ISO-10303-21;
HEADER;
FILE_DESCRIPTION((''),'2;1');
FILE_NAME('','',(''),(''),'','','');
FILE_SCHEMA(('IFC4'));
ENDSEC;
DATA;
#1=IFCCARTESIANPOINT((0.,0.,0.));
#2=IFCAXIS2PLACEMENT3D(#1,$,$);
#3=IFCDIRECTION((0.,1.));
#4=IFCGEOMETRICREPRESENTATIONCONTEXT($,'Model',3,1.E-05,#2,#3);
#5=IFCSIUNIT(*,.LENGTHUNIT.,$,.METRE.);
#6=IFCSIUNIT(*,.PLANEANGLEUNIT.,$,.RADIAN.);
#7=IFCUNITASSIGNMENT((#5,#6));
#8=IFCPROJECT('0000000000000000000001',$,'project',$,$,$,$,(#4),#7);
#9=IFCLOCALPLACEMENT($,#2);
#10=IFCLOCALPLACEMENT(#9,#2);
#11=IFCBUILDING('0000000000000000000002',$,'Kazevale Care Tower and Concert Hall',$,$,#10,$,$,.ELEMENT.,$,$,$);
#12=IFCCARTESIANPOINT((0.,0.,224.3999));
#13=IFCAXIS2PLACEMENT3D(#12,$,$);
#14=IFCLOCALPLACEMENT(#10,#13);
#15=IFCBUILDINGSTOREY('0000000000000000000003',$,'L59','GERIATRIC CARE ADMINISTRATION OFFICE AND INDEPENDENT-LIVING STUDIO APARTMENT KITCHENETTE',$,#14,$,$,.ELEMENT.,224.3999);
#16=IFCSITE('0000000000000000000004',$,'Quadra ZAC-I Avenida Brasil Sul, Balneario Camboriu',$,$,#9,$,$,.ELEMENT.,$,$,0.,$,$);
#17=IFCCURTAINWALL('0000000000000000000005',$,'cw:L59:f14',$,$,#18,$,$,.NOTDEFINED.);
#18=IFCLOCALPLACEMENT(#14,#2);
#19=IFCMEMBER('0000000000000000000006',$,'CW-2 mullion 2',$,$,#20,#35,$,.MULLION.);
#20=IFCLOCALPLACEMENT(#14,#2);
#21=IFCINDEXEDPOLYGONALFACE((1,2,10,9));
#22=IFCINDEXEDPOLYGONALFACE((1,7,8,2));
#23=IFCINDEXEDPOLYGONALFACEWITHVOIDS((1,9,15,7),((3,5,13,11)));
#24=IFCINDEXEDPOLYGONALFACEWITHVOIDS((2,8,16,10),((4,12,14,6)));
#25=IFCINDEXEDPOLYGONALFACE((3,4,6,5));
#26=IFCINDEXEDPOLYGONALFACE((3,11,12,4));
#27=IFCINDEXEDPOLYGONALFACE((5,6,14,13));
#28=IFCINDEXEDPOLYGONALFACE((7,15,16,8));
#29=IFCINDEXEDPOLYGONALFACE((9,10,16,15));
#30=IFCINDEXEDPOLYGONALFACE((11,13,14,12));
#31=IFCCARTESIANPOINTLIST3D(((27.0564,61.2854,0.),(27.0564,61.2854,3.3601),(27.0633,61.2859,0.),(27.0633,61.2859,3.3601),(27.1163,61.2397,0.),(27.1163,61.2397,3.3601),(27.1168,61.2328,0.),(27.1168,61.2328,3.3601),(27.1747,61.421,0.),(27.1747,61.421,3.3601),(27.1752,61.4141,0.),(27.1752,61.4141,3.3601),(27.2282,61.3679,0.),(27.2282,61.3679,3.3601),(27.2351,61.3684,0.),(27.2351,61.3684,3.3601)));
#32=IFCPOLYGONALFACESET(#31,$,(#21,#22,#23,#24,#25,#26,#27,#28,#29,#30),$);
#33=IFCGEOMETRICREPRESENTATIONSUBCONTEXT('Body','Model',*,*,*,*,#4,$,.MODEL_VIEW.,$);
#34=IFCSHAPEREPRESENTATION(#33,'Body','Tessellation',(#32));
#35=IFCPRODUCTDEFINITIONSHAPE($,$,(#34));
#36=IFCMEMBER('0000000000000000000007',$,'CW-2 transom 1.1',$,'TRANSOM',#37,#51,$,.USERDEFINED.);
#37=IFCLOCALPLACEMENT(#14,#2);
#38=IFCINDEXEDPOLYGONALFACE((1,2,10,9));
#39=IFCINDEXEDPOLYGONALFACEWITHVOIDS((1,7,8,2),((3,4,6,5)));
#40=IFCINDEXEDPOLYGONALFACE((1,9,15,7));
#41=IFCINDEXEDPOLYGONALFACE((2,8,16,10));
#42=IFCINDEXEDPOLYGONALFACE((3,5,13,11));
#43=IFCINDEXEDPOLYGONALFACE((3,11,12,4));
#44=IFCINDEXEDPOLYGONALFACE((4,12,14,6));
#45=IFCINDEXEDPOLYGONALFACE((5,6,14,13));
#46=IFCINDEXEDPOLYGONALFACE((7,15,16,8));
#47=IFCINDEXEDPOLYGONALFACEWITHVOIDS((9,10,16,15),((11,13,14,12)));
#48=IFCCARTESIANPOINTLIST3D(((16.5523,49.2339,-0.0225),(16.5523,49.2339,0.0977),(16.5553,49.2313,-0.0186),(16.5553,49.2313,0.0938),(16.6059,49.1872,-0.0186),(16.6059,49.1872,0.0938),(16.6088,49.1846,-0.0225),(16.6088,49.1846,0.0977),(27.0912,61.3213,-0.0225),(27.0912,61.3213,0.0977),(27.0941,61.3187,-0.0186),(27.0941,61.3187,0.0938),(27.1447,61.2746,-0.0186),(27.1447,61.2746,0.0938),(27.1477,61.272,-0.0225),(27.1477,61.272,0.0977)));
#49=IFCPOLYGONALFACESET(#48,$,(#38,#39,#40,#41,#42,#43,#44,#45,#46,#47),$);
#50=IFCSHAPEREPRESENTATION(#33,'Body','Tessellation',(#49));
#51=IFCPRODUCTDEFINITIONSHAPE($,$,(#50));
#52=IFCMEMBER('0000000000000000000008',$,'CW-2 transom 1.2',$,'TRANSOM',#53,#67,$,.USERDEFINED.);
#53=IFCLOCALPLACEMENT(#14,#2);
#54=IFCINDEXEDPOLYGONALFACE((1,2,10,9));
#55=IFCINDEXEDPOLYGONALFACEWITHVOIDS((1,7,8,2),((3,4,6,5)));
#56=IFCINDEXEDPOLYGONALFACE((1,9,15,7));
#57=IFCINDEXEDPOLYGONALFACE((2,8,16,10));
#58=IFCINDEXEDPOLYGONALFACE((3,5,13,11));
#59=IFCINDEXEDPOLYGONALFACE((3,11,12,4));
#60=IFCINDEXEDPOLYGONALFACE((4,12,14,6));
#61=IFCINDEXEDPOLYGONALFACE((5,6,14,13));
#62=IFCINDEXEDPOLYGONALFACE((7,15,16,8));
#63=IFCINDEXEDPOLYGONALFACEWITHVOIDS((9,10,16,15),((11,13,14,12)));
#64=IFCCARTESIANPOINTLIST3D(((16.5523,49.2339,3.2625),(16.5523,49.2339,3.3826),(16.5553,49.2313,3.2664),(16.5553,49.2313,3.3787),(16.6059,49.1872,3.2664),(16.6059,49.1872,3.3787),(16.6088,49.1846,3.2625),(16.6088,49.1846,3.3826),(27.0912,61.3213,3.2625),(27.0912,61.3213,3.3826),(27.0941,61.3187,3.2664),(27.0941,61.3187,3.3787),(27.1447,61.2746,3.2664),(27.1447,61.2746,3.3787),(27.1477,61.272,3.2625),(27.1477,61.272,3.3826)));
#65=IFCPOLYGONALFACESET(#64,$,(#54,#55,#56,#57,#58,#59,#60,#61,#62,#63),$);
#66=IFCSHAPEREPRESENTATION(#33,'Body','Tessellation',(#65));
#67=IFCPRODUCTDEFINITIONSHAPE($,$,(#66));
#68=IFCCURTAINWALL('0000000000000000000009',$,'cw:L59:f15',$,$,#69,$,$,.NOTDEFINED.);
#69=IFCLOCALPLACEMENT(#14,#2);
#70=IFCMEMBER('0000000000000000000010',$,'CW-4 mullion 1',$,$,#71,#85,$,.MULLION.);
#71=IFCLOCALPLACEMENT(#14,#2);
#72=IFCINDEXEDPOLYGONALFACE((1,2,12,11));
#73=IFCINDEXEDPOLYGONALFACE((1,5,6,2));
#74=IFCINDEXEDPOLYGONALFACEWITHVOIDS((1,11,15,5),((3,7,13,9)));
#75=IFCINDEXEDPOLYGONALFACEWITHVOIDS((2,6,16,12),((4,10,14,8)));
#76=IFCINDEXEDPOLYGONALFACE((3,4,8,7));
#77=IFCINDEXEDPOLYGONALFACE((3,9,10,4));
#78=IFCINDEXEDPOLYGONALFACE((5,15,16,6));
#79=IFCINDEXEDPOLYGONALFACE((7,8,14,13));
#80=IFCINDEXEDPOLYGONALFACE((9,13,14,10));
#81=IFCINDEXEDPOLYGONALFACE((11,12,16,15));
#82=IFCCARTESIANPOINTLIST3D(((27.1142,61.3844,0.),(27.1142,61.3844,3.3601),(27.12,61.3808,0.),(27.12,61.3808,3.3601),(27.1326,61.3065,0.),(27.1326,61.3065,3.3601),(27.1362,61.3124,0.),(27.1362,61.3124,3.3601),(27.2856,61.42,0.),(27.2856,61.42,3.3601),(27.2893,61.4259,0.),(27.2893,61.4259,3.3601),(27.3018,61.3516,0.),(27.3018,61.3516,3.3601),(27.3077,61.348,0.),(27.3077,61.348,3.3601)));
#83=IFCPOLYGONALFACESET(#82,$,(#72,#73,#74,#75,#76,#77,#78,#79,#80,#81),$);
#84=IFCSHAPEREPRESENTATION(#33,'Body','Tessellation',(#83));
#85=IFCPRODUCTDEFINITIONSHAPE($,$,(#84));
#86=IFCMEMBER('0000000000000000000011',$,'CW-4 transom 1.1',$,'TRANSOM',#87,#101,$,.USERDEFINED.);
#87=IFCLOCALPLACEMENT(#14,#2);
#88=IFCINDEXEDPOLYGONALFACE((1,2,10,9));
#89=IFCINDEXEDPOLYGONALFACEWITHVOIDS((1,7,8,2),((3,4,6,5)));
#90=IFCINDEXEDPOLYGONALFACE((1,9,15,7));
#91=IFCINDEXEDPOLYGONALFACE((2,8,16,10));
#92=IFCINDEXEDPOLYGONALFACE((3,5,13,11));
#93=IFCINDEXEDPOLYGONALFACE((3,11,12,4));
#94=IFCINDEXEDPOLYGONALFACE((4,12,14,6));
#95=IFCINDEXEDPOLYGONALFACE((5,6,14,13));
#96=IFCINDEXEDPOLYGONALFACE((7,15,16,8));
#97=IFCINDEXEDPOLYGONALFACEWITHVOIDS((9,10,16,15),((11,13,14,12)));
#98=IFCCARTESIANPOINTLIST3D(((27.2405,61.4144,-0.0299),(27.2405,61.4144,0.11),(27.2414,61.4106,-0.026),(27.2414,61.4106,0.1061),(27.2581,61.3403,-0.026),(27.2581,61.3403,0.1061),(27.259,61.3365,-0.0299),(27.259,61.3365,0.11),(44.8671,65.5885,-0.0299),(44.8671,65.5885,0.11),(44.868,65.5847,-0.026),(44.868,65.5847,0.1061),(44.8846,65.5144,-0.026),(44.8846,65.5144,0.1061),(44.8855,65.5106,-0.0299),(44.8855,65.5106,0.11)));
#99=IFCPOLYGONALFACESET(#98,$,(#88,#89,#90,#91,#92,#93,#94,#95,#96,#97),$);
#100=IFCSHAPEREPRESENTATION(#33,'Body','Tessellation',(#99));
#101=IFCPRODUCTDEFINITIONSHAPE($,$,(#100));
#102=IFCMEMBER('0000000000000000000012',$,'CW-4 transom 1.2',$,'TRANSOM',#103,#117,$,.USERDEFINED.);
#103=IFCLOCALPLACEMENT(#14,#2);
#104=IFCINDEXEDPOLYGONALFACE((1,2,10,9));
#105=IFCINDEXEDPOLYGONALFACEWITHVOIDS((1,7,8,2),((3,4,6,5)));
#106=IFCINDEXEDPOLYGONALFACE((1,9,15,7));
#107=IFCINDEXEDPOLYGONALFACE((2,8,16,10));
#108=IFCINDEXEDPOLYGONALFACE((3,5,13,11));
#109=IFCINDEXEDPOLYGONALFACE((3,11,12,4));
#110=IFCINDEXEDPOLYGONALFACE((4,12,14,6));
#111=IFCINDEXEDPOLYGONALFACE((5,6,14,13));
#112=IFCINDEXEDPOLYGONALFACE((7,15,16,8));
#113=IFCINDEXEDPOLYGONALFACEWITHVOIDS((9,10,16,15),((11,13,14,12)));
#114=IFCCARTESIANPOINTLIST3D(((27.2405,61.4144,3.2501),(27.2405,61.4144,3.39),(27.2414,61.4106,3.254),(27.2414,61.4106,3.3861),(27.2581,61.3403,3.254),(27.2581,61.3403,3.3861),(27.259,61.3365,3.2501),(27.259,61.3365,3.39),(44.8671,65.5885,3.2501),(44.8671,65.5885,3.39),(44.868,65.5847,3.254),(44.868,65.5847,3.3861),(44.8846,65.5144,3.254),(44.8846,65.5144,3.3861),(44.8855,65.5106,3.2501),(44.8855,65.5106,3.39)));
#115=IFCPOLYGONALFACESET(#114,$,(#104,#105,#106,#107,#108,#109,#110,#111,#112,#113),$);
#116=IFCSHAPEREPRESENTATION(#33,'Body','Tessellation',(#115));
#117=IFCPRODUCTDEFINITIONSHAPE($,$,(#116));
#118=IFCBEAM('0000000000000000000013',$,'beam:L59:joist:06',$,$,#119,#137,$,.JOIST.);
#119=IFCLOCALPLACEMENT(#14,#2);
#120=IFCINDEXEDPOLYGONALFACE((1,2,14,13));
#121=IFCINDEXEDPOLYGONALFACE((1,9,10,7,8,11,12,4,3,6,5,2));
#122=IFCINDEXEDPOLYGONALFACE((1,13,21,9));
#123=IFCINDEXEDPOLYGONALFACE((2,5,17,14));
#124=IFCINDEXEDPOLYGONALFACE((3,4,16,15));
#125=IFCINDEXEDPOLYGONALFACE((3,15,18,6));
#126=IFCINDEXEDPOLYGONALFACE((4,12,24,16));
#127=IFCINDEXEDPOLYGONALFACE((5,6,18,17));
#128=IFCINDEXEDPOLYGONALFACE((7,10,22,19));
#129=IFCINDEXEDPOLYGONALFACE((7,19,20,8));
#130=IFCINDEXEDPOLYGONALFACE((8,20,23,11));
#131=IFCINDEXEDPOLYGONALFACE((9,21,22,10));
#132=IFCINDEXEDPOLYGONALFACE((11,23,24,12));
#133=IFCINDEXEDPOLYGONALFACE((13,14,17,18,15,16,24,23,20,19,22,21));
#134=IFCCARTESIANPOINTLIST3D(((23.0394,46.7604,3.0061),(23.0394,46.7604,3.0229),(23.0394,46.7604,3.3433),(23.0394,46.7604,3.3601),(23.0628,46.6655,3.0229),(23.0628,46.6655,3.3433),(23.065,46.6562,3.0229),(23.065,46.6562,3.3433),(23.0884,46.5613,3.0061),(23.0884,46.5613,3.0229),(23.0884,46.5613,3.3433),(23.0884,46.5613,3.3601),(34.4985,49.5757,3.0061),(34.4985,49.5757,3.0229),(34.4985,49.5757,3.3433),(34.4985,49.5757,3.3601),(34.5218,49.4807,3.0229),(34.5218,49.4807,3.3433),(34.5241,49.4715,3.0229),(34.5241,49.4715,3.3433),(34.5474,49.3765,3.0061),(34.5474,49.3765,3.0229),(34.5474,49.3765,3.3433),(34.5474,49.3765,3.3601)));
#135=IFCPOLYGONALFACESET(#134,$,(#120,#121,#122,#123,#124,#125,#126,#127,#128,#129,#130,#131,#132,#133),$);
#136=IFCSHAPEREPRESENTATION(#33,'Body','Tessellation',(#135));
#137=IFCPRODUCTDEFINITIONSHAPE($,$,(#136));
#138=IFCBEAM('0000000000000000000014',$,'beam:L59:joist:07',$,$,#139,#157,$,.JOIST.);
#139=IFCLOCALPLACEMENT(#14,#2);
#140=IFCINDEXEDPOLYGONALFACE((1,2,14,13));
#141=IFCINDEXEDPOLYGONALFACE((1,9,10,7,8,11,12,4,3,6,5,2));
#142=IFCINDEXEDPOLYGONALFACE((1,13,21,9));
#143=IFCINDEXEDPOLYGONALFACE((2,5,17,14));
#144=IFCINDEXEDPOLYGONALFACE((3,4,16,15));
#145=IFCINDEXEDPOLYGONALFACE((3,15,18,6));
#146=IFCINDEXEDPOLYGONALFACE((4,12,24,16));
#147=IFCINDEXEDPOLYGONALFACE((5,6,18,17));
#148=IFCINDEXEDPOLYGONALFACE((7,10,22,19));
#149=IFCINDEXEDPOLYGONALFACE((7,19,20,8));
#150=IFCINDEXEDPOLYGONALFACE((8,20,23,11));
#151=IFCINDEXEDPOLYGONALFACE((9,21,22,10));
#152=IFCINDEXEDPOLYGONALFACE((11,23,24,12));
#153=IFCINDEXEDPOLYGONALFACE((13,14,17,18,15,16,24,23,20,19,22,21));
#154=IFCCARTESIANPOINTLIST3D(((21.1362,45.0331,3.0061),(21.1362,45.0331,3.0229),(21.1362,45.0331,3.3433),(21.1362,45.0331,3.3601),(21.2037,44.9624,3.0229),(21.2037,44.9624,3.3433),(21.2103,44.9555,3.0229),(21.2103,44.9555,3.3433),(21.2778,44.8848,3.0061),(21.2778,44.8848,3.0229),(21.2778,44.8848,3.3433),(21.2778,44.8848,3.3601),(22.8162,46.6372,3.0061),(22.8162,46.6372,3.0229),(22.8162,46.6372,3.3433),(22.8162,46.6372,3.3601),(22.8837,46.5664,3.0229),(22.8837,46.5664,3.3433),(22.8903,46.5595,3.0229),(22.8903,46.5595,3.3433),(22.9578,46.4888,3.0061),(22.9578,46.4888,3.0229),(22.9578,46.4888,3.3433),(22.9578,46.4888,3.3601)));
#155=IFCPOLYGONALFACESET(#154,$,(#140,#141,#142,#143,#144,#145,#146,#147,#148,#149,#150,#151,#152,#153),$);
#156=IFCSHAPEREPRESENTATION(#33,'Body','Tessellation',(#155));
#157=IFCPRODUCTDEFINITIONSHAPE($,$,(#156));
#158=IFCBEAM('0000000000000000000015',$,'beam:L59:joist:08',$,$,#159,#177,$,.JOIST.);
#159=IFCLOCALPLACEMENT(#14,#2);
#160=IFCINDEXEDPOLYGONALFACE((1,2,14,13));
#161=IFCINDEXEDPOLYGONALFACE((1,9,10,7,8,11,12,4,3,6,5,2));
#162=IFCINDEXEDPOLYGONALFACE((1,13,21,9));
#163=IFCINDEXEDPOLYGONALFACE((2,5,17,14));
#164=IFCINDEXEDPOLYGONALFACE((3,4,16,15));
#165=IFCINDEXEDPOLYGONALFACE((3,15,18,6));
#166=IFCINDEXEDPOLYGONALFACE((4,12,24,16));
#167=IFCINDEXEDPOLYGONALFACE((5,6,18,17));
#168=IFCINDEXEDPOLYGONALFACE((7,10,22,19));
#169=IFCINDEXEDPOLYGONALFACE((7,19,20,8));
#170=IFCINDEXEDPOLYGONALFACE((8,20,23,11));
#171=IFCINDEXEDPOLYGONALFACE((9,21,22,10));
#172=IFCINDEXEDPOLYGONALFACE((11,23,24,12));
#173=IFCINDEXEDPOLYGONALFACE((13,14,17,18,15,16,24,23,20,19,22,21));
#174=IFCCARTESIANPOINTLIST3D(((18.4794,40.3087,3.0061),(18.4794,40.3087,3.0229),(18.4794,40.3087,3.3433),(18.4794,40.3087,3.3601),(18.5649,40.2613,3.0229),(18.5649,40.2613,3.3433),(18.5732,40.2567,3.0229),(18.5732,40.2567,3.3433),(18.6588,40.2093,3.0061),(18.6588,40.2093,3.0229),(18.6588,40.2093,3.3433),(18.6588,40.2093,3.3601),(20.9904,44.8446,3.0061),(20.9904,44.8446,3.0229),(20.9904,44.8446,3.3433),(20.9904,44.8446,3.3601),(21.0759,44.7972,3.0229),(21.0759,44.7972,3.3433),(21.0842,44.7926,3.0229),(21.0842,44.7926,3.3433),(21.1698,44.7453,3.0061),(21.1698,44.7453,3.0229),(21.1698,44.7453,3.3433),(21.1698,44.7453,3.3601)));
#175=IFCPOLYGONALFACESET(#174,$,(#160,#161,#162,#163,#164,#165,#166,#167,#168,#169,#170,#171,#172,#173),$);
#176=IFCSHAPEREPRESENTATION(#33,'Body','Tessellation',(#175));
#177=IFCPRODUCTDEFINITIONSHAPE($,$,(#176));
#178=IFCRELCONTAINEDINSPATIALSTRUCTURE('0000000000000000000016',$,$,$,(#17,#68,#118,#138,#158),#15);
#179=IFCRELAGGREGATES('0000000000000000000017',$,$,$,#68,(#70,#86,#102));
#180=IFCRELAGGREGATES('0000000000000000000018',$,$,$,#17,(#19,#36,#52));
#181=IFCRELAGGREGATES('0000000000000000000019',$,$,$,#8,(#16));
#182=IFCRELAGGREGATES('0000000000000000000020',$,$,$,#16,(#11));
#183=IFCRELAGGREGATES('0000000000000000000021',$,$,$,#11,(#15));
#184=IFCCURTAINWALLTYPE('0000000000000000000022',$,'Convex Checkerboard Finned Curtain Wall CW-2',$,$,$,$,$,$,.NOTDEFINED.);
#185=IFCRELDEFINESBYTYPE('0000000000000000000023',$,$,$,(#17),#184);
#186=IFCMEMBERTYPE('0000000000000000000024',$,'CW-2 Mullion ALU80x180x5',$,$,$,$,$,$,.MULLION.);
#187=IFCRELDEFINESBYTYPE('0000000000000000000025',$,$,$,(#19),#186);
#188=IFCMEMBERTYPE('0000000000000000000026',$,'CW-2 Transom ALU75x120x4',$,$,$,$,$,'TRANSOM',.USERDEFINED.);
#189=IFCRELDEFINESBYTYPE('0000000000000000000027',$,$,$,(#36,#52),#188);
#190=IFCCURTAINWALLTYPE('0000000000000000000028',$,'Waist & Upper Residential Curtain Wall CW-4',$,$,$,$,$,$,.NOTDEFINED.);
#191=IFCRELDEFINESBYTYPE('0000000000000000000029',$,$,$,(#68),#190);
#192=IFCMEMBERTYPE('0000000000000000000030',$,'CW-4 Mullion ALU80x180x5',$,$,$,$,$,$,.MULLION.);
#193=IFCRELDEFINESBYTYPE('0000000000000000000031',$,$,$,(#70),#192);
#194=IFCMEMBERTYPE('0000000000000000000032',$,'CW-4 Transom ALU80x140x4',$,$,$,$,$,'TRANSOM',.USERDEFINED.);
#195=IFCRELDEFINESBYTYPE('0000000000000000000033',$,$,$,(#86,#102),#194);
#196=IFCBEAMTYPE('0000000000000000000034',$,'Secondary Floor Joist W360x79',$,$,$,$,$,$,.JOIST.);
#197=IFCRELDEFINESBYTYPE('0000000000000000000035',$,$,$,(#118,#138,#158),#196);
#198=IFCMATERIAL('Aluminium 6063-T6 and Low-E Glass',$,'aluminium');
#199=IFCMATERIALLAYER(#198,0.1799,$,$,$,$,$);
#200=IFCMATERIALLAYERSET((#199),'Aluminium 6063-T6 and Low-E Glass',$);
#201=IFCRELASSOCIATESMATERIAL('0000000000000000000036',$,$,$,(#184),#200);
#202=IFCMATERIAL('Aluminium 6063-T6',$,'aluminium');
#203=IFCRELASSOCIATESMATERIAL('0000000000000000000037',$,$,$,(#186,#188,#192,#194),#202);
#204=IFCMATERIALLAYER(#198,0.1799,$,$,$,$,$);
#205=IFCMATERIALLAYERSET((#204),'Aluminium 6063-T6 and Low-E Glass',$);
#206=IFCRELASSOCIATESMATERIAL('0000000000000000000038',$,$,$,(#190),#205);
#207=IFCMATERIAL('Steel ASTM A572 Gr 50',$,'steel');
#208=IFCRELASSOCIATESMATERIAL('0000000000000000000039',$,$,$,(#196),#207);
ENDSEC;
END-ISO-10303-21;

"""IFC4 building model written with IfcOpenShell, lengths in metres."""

from ifc_helpers import new_model, si_unit, direction, frame, origin, origin_2d, place, context, subcontext, project, spatial, hollow_rectangle, i_section, extrude, material, layer, layer_set, material_profile, profile_set, type_object, element, aggregate, save


model = new_model("IFC4")

# Units and contexts
model_context = context("Model", 3, precision=1e-05, world=origin(), true_north=direction((0.0, 1.0)))
body_context = subcontext(model_context, "Body", "Model", "MODEL_VIEW")
ifc_project = project(units=[si_unit("LENGTHUNIT", "METRE"), si_unit("PLANEANGLEUNIT", "RADIAN")], contexts=[model_context])

# Site, building, storey
site_placement = place(None, origin())
site = spatial("IfcSite", under=ifc_project, at=site_placement, Name="Quadra ZAC-I Avenida Brasil Sul, Balneario Camboriu", CompositionType="ELEMENT", RefElevation=0.0)
building_placement = place(site_placement, origin())
building = spatial("IfcBuilding", under=site, at=building_placement, Name="Kazevale Care Tower and Concert Hall", CompositionType="ELEMENT")
storey_placement = place(building_placement, frame((0.0, 0.0, 224.3999)))
storey = spatial("IfcBuildingStorey", under=building, at=storey_placement, Name="L59", Description="GERIATRIC CARE ADMINISTRATION OFFICE AND INDEPENDENT-LIVING STUDIO APARTMENT KITCHENETTE", CompositionType="ELEMENT", Elevation=224.3999)

# Curtain walls, members
ifc_material_1 = material(Name="Aluminium 6063-T6 and Low-E Glass", Category="aluminium")
ifc_layer_1 = layer(ifc_material_1, 0.1799)
ifc_layer_set_1 = layer_set([ifc_layer_1], Name="Aluminium 6063-T6 and Low-E Glass")
curtain_wall_type_1 = type_object("IfcCurtainWallType", Name="Convex Checkerboard Finned Curtain Wall CW-2", PredefinedType="NOTDEFINED", material=ifc_layer_set_1)
curtain_wall_1_placement = place(storey_placement, origin())
curtain_wall_1 = element("IfcCurtainWall", 1, at=curtain_wall_1_placement, inside=storey, type_object=curtain_wall_type_1, Name="cw:L59:f14", PredefinedType="NOTDEFINED")
ifc_material_2 = material(Name="Aluminium 6063-T6", Category="aluminium")
ifc_material_profile_1 = material_profile(ifc_material_2, hollow_rectangle(XDim=0.0801, YDim=0.1799, WallThickness=0.0049, at=origin_2d()), Name="ALU80x180x5")
ifc_profile_set_1 = profile_set([ifc_material_profile_1], Name="Aluminium 6063-T6")
member_type_1 = type_object("IfcMemberType", Name="CW-2 Mullion ALU80x180x5", PredefinedType="MULLION", material=ifc_profile_set_1)
member_1_placement = place(storey_placement, frame((27.1458, 61.3269, 0.0), z_axis=(0.0, 0.0, 1.0), x_axis=(-0.753738, 0.657175, 0.0)))
member_1 = element("IfcMember", 2, at=member_1_placement, type_object=member_type_1, Name="CW-2 mullion 2", PredefinedType="MULLION", context=body_context, shape_type="SweptSolid", body=[
    extrude(hollow_rectangle(XDim=0.0801, YDim=0.1799, WallThickness=0.0049, at=origin_2d()), origin(), (0.0, 0.0, 1.0), 3.3601),
])
ifc_material_profile_2 = material_profile(ifc_material_2, hollow_rectangle(XDim=0.075, YDim=0.1201, WallThickness=0.0039, at=origin_2d()), Name="ALU75x120x4")
ifc_profile_set_2 = profile_set([ifc_material_profile_2], Name="Aluminium 6063-T6")
member_type_2 = type_object("IfcMemberType", Name="CW-2 Transom ALU75x120x4", ElementType="TRANSOM", PredefinedType="USERDEFINED", material=ifc_profile_set_2)
member_2_placement = place(storey_placement, frame((16.5806, 49.2092, 0.0376), z_axis=(0.657174, 0.753739, 0.0), x_axis=(-0.753739, 0.657174, 0.0)))
member_2 = element("IfcMember", 3, at=member_2_placement, type_object=member_type_2, Name="CW-2 transom 1.1", ObjectType="TRANSOM", PredefinedType="USERDEFINED", context=body_context, shape_type="SweptSolid", body=[
    extrude(hollow_rectangle(XDim=0.075, YDim=0.1201, WallThickness=0.0039, at=origin_2d()), origin(), (0.0, 0.0, 1.0), 16.0366),
])
member_3_placement = place(storey_placement, frame((16.5806, 49.2092, 3.3225), z_axis=(0.657174, 0.753739, 0.0), x_axis=(-0.753739, 0.657174, 0.0)))
member_3 = element("IfcMember", 4, at=member_3_placement, type_object=member_type_2, Name="CW-2 transom 1.2", ObjectType="TRANSOM", PredefinedType="USERDEFINED", context=body_context, shape_type="SweptSolid", body=[
    extrude(hollow_rectangle(XDim=0.075, YDim=0.1201, WallThickness=0.0039, at=origin_2d()), origin(), (0.0, 0.0, 1.0), 16.0366),
])
ifc_layer_2 = layer(ifc_material_1, 0.1799)
ifc_layer_set_2 = layer_set([ifc_layer_2], Name="Aluminium 6063-T6 and Low-E Glass")
curtain_wall_type_2 = type_object("IfcCurtainWallType", Name="Waist & Upper Residential Curtain Wall CW-4", PredefinedType="NOTDEFINED", material=ifc_layer_set_2)
curtain_wall_2_placement = place(storey_placement, origin())
curtain_wall_2 = element("IfcCurtainWall", 5, at=curtain_wall_2_placement, inside=storey, type_object=curtain_wall_type_2, Name="cw:L59:f15", PredefinedType="NOTDEFINED")
ifc_material_profile_3 = material_profile(ifc_material_2, hollow_rectangle(XDim=0.0801, YDim=0.1799, WallThickness=0.0049, at=origin_2d()), Name="ALU80x180x5")
ifc_profile_set_3 = profile_set([ifc_material_profile_3], Name="Aluminium 6063-T6")
member_type_3 = type_object("IfcMemberType", Name="CW-4 Mullion ALU80x180x5", PredefinedType="MULLION", material=ifc_profile_set_3)
member_4_placement = place(storey_placement, frame((27.2109, 61.3662, 0.0), z_axis=(0.0, 0.0, 1.0), x_axis=(-0.230439, 0.973087, 0.0)))
member_4 = element("IfcMember", 6, at=member_4_placement, type_object=member_type_3, Name="CW-4 mullion 1", PredefinedType="MULLION", context=body_context, shape_type="SweptSolid", body=[
    extrude(hollow_rectangle(XDim=0.0801, YDim=0.1799, WallThickness=0.0049, at=origin_2d()), origin(), (0.0, 0.0, 1.0), 3.3601),
])
ifc_material_profile_4 = material_profile(ifc_material_2, hollow_rectangle(XDim=0.0801, YDim=0.1399, WallThickness=0.0039, at=origin_2d()), Name="ALU80x140x4")
ifc_profile_set_4 = profile_set([ifc_material_profile_4], Name="Aluminium 6063-T6")
member_type_4 = type_object("IfcMemberType", Name="CW-4 Transom ALU80x140x4", ElementType="TRANSOM", PredefinedType="USERDEFINED", material=ifc_profile_set_4)
member_5_placement = place(storey_placement, frame((27.2498, 61.3755, 0.04), z_axis=(0.973088, 0.230434, 0.0), x_axis=(-0.230434, 0.973088, 0.0)))
member_5 = element("IfcMember", 7, at=member_5_placement, type_object=member_type_4, Name="CW-4 transom 1.1", ObjectType="TRANSOM", PredefinedType="USERDEFINED", context=body_context, shape_type="SweptSolid", body=[
    extrude(hollow_rectangle(XDim=0.0801, YDim=0.1399, WallThickness=0.0039, at=origin_2d()), origin(), (0.0, 0.0, 1.0), 18.114),
])
member_6_placement = place(storey_placement, frame((27.2498, 61.3755, 3.3201), z_axis=(0.973088, 0.230434, 0.0), x_axis=(-0.230434, 0.973088, 0.0)))
member_6 = element("IfcMember", 8, at=member_6_placement, type_object=member_type_4, Name="CW-4 transom 1.2", ObjectType="TRANSOM", PredefinedType="USERDEFINED", context=body_context, shape_type="SweptSolid", body=[
    extrude(hollow_rectangle(XDim=0.0801, YDim=0.1399, WallThickness=0.0039, at=origin_2d()), origin(), (0.0, 0.0, 1.0), 18.114),
])
aggregate(curtain_wall_2, [member_4, member_5, member_6])

# Beams
ifc_material_3 = material(Name="Steel ASTM A572 Gr 50", Category="steel")
ifc_material_profile_5 = material_profile(ifc_material_3, i_section(OverallWidth=0.2051, OverallDepth=0.354, WebThickness=0.0095, FlangeThickness=0.0168, at=origin_2d()), Name="W360x79")
ifc_profile_set_5 = profile_set([ifc_material_profile_5], Name="Steel ASTM A572 Gr 50")
beam_type_1 = type_object("IfcBeamType", Name="Secondary Floor Joist W360x79", PredefinedType="JOIST", material=ifc_profile_set_5)
beam_1_placement = place(storey_placement, frame((34.5229, 49.4761, 3.1831), z_axis=(-0.971123, -0.238581, 0.0), x_axis=(0.238581, -0.971123, 0.0)))
element("IfcBeam", 9, at=beam_1_placement, inside=storey, type_object=beam_type_1, Name="beam:L59:joist:06", PredefinedType="JOIST", context=body_context, shape_type="SweptSolid", body=[
    extrude(i_section(OverallWidth=0.2051, OverallDepth=0.354, WebThickness=0.0095, FlangeThickness=0.0168, at=origin_2d()), origin(), (0.0, 0.0, 1.0), 11.7998),
])
beam_2_placement = place(storey_placement, frame((22.887, 46.563, 3.1831), z_axis=(-0.723262, -0.690573, 0.0), x_axis=(0.690573, -0.723262, 0.0)))
element("IfcBeam", 10, at=beam_2_placement, inside=storey, type_object=beam_type_1, Name="beam:L59:joist:07", PredefinedType="JOIST", context=body_context, shape_type="SweptSolid", body=[
    extrude(i_section(OverallWidth=0.2051, OverallDepth=0.354, WebThickness=0.0095, FlangeThickness=0.0168, at=origin_2d()), origin(), (0.0, 0.0, 1.0), 2.3228),
])
beam_3_placement = place(storey_placement, frame((21.0801, 44.7949, 3.1831), z_axis=(-0.484323, -0.874889, 0.0), x_axis=(0.874889, -0.484323, 0.0)))
element("IfcBeam", 11, at=beam_3_placement, inside=storey, type_object=beam_type_1, Name="beam:L59:joist:08", PredefinedType="JOIST", context=body_context, shape_type="SweptSolid", body=[
    extrude(i_section(OverallWidth=0.2051, OverallDepth=0.354, WebThickness=0.0095, FlangeThickness=0.0168, at=origin_2d()), origin(), (0.0, 0.0, 1.0), 5.1846),
])

aggregate(curtain_wall_1, [member_1, member_2, member_3])

save(model, "model.ifc")
